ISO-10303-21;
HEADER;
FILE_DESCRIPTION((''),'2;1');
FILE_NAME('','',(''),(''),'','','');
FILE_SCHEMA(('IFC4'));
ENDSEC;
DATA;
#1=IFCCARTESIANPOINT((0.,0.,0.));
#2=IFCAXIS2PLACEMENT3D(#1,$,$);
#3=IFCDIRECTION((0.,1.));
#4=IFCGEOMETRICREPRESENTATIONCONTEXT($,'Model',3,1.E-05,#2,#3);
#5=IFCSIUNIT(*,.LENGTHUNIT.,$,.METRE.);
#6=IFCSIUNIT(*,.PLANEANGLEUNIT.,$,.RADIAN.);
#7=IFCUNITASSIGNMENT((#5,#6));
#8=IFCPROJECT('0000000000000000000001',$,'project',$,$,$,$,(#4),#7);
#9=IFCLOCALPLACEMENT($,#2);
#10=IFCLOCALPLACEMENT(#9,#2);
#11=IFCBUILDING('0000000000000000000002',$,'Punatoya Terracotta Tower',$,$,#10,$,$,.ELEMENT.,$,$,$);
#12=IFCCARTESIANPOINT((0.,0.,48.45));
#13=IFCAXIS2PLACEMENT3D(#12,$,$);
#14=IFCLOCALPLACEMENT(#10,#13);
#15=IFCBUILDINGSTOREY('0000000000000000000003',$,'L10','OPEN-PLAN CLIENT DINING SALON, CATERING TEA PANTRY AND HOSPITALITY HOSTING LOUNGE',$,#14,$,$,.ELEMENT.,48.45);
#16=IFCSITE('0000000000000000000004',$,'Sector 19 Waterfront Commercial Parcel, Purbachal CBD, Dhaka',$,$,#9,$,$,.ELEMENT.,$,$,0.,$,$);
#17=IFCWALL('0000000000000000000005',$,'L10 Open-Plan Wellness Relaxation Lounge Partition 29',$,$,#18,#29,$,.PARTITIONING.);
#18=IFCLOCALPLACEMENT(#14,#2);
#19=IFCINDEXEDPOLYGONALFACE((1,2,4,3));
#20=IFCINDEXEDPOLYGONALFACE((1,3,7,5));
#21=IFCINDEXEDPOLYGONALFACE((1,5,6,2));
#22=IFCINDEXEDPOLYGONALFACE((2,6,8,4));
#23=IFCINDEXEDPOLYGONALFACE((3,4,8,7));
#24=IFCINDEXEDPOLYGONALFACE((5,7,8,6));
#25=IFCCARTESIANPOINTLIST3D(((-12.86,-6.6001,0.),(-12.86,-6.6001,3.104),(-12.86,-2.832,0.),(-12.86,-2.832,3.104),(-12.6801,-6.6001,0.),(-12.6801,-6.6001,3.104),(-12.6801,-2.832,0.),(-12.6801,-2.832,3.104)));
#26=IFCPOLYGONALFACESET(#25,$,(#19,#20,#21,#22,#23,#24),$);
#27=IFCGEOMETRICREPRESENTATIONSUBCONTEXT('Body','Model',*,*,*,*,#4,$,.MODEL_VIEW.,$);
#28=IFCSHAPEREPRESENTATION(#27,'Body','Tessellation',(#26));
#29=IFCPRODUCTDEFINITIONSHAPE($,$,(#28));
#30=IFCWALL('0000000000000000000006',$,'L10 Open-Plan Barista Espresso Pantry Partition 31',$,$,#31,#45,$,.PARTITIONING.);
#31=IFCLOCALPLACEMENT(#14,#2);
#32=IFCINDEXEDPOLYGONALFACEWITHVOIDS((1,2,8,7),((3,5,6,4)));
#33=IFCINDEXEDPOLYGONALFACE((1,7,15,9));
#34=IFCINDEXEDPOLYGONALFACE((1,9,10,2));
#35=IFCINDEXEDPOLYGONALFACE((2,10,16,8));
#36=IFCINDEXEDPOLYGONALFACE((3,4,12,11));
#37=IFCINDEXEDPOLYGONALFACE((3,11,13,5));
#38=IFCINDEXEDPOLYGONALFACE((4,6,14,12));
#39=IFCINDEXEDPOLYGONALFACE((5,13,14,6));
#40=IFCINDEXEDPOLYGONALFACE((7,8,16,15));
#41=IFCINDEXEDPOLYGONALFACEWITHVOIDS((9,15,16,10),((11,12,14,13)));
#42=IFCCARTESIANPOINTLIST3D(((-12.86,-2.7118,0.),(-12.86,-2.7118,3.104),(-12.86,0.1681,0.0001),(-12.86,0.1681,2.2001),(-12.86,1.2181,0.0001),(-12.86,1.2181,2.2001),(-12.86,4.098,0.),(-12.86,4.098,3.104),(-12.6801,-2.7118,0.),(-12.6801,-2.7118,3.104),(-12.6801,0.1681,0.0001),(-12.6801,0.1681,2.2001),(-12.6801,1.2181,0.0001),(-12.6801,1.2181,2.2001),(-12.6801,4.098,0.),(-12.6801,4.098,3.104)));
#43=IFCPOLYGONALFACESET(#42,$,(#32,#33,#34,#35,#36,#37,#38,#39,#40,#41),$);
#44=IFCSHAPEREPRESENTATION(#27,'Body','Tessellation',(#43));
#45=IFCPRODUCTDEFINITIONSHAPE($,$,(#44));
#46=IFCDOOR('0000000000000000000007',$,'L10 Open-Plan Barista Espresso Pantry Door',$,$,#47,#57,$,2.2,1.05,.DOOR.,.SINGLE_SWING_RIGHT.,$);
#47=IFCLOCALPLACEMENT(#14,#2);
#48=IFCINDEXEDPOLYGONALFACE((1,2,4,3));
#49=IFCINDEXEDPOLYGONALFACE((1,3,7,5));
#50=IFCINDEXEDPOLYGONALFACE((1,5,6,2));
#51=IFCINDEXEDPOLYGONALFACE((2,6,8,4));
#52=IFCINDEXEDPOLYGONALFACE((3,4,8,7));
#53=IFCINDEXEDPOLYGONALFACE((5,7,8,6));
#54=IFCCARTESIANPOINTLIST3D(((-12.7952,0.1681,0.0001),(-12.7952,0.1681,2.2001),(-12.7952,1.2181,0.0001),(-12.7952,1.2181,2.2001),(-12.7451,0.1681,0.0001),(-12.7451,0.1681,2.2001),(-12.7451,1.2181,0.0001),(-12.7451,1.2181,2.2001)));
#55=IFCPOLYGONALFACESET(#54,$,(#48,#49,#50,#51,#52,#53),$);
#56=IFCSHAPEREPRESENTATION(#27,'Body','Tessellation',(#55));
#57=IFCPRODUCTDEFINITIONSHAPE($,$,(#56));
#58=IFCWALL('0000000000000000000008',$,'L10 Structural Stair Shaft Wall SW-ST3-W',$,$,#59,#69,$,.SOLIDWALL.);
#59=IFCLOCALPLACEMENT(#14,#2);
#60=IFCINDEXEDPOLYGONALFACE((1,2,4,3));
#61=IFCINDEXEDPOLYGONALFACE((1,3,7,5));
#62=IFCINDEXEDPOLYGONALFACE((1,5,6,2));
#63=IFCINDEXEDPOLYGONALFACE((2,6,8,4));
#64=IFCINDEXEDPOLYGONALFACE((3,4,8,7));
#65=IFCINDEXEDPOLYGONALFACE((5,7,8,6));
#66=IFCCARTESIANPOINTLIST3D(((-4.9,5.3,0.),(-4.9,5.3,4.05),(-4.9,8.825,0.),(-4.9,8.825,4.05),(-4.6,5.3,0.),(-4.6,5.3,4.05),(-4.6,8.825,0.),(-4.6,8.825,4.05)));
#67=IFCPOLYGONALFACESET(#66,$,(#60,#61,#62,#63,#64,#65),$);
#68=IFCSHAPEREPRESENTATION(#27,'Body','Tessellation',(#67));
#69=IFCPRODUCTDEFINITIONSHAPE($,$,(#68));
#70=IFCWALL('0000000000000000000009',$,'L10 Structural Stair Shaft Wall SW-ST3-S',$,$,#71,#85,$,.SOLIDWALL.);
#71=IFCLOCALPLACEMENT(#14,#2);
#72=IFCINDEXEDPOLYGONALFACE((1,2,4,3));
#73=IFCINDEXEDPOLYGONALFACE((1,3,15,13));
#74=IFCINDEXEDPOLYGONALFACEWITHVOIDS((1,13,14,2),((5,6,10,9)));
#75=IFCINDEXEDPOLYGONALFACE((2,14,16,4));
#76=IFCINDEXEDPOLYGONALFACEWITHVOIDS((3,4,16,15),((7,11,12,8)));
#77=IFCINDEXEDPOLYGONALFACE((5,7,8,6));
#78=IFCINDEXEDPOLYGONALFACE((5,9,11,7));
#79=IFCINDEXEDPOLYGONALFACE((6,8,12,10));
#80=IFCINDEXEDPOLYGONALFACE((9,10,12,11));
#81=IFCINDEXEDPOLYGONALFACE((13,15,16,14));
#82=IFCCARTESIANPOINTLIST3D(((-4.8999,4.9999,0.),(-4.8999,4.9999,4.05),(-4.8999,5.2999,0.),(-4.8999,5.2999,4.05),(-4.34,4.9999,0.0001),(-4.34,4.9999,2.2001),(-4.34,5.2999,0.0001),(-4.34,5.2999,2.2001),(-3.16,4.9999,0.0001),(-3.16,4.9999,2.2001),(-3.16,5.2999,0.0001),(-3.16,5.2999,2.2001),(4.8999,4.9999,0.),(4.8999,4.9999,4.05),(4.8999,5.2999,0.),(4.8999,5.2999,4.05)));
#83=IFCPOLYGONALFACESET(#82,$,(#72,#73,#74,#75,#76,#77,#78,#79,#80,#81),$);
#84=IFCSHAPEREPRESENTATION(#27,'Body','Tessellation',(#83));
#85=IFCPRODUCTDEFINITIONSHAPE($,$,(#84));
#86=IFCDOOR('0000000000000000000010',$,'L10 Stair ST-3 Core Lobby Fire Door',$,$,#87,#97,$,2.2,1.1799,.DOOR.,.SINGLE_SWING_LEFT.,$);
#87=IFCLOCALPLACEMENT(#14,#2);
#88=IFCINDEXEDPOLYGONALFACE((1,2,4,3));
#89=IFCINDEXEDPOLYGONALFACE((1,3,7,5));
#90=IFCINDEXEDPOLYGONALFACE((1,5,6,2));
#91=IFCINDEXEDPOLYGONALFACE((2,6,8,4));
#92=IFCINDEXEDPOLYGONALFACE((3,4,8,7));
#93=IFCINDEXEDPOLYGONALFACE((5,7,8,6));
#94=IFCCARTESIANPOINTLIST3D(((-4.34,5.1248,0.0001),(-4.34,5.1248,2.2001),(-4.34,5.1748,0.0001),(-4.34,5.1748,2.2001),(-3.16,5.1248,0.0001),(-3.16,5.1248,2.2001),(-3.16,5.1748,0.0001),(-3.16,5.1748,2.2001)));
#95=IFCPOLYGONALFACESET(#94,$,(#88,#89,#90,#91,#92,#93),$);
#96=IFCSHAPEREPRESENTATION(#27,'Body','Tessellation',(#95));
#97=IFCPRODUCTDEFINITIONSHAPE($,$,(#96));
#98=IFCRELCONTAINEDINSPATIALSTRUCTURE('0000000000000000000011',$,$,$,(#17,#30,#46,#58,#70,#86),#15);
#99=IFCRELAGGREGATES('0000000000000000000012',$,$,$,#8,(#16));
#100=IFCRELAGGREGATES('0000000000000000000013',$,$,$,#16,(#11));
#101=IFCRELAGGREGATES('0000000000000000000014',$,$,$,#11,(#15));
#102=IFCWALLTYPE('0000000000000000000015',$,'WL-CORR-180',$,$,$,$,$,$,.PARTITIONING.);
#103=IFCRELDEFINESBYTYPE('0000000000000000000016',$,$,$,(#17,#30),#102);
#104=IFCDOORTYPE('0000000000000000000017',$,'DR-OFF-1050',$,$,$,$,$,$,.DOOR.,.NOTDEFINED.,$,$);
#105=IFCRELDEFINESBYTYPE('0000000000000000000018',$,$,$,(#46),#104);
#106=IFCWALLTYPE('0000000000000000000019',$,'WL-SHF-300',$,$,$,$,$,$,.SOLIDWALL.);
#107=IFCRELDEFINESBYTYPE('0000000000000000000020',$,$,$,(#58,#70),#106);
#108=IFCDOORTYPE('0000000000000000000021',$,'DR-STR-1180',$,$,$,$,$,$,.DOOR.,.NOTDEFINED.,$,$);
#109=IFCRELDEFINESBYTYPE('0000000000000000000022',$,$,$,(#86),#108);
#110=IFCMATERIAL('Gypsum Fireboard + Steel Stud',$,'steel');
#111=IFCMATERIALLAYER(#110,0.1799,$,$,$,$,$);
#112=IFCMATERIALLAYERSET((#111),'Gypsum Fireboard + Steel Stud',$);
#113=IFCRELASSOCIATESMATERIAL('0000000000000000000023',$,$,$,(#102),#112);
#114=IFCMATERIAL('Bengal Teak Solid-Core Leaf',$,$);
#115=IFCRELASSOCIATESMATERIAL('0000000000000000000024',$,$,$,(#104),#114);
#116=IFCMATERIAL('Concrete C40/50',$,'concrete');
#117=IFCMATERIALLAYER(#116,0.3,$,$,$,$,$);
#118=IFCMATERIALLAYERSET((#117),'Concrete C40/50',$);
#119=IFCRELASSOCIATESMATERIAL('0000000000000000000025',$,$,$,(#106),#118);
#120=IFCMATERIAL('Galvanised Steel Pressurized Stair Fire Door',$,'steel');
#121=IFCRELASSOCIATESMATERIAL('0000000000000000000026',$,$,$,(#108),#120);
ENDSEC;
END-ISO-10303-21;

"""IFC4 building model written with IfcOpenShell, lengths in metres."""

from ifc_helpers import new_model, si_unit, direction, frame, frame_2d, origin, place, context, subcontext, project, spatial, rectangle, extrude, material, layer, layer_set, type_object, element, fill, save


model = new_model("IFC4")

# Units and contexts
model_context = context("Model", 3, precision=1e-05, world=origin(), true_north=direction((0.0, 1.0)))
body_context = subcontext(model_context, "Body", "Model", "MODEL_VIEW")
ifc_project = project(units=[si_unit("LENGTHUNIT", "METRE"), si_unit("PLANEANGLEUNIT", "RADIAN")], contexts=[model_context])

# Site, building, storey
site_placement = place(None, origin())
site = spatial("IfcSite", under=ifc_project, at=site_placement, Name="Sector 19 Waterfront Commercial Parcel, Purbachal CBD, Dhaka", CompositionType="ELEMENT", RefElevation=0.0)
building_placement = place(site_placement, origin())
building = spatial("IfcBuilding", under=site, at=building_placement, Name="Punatoya Terracotta Tower", CompositionType="ELEMENT")
storey_placement = place(building_placement, frame((0.0, 0.0, 48.45)))
storey = spatial("IfcBuildingStorey", under=building, at=storey_placement, Name="L10", Description="OPEN-PLAN CLIENT DINING SALON, CATERING TEA PANTRY AND HOSPITALITY HOSTING LOUNGE", CompositionType="ELEMENT", Elevation=48.45)

# Wall
ifc_material_1 = material(Name="Gypsum Fireboard + Steel Stud", Category="steel")
ifc_layer_1 = layer(ifc_material_1, 0.1799)
ifc_layer_set_1 = layer_set([ifc_layer_1], Name="Gypsum Fireboard + Steel Stud")
wall_type_1 = type_object("IfcWallType", Name="WL-CORR-180", PredefinedType="PARTITIONING", material=ifc_layer_set_1)
wall_1_placement = place(storey_placement, frame((-12.77, -2.832, 0.0), z_axis=(0.0, 0.0, 1.0), x_axis=(0.0, -1.0, 0.0)))
element("IfcWall", 1, at=wall_1_placement, inside=storey, type_object=wall_type_1, Name="L10 Open-Plan Wellness Relaxation Lounge Partition 29", PredefinedType="PARTITIONING", context=body_context, shape_type="SweptSolid", body=[
    extrude(rectangle(XDim=3.7681, YDim=0.1799, at=frame_2d((1.884, 0.0))), origin(), (0.0, 0.0, 1.0), 3.104),
])

# Wall, opening, door
wall_2_placement = place(storey_placement, frame((-12.77, 4.0979, 0.0), z_axis=(0.0, 0.0, 1.0), x_axis=(0.0, -1.0, 0.0)))
wall_2 = element("IfcWall", 2, at=wall_2_placement, inside=storey, type_object=wall_type_1, Name="L10 Open-Plan Barista Espresso Pantry Partition 31", PredefinedType="PARTITIONING", context=body_context, shape_type="SweptSolid", body=[
    extrude(rectangle(XDim=6.8098, YDim=0.1799, at=frame_2d((3.4048, 0.0))), origin(), (0.0, 0.0, 1.0), 3.104),
])
opening_1_placement = place(wall_2_placement, frame((2.8799, 0.0, 0.0)))
opening_1 = element("IfcOpeningElement", 3, at=opening_1_placement, cuts=wall_2, PredefinedType="OPENING", context=body_context, shape_type="SweptSolid", body=[
    extrude(rectangle(XDim=1.05, YDim=2.2, at=frame_2d((0.5249, 1.1001))), frame((0.0, 0.0999, 0.0), z_axis=(0.0, -1.0, 0.0), x_axis=(1.0, 0.0, 0.0)), (0.0, 0.0, 1.0), 0.2),
])
ifc_material_2 = material(Name="Bengal Teak Solid-Core Leaf")
door_type_1 = type_object("IfcDoorType", Name="DR-OFF-1050", OperationType="NOTDEFINED", PredefinedType="DOOR", material=ifc_material_2)
door_1_placement = place(opening_1_placement, origin())
door_1 = element("IfcDoor", 4, at=door_1_placement, inside=storey, type_object=door_type_1, Name="L10 Open-Plan Barista Espresso Pantry Door", OperationType="SINGLE_SWING_RIGHT", OverallHeight=2.2, OverallWidth=1.05, PredefinedType="DOOR", context=body_context, shape_type="SweptSolid", body=[
    extrude(rectangle(XDim=1.05, YDim=2.2, at=frame_2d((0.5249, 1.1001))), frame((0.0, 0.0249, 0.0), z_axis=(0.0, -1.0, 0.0), x_axis=(1.0, 0.0, 0.0)), (0.0, 0.0, 1.0), 0.05),
])
fill(opening_1, door_1)

# Wall
ifc_material_3 = material(Name="Concrete C40/50", Category="concrete")
ifc_layer_2 = layer(ifc_material_3, 0.3)
ifc_layer_set_2 = layer_set([ifc_layer_2], Name="Concrete C40/50")
wall_type_2 = type_object("IfcWallType", Name="WL-SHF-300", PredefinedType="SOLIDWALL", material=ifc_layer_set_2)
wall_3_placement = place(storey_placement, frame((-4.75, 5.3, 0.0), z_axis=(0.0, 0.0, 1.0), x_axis=(0.0, 1.0, 0.0)))
element("IfcWall", 5, at=wall_3_placement, inside=storey, type_object=wall_type_2, Name="L10 Structural Stair Shaft Wall SW-ST3-W", PredefinedType="SOLIDWALL", context=body_context, shape_type="SweptSolid", body=[
    extrude(rectangle(XDim=3.5249, YDim=0.3, at=frame_2d((1.7625, 0.0))), origin(), (0.0, 0.0, 1.0), 4.05),
])

# Wall, opening, door
wall_4_placement = place(storey_placement, frame((-4.8999, 5.1499, 0.0), z_axis=(0.0, 0.0, 1.0), x_axis=(1.0, 0.0, 0.0)))
wall_4 = element("IfcWall", 6, at=wall_4_placement, inside=storey, type_object=wall_type_2, Name="L10 Structural Stair Shaft Wall SW-ST3-S", PredefinedType="SOLIDWALL", context=body_context, shape_type="SweptSolid", body=[
    extrude(rectangle(XDim=9.7998, YDim=0.3, at=frame_2d((4.8999, 0.0))), origin(), (0.0, 0.0, 1.0), 4.05),
])
opening_2_placement = place(wall_4_placement, frame((0.5601, 0.0, 0.0)))
opening_2 = element("IfcOpeningElement", 7, at=opening_2_placement, cuts=wall_4, PredefinedType="OPENING", context=body_context, shape_type="SweptSolid", body=[
    extrude(rectangle(XDim=1.1799, YDim=2.2, at=frame_2d((0.5898, 1.1001))), frame((0.0, 0.1599, 0.0), z_axis=(0.0, -1.0, 0.0), x_axis=(1.0, 0.0, 0.0)), (0.0, 0.0, 1.0), 0.3201),
])
ifc_material_4 = material(Name="Galvanised Steel Pressurized Stair Fire Door", Category="steel")
door_type_2 = type_object("IfcDoorType", Name="DR-STR-1180", OperationType="NOTDEFINED", PredefinedType="DOOR", material=ifc_material_4)
door_2_placement = place(opening_2_placement, origin())
door_2 = element("IfcDoor", 8, at=door_2_placement, inside=storey, type_object=door_type_2, Name="L10 Stair ST-3 Core Lobby Fire Door", OperationType="SINGLE_SWING_LEFT", OverallHeight=2.2, OverallWidth=1.1799, PredefinedType="DOOR", context=body_context, shape_type="SweptSolid", body=[
    extrude(rectangle(XDim=1.1799, YDim=2.2, at=frame_2d((0.5898, 1.1001))), frame((0.0, 0.0249, 0.0), z_axis=(0.0, -1.0, 0.0), x_axis=(1.0, 0.0, 0.0)), (0.0, 0.0, 1.0), 0.05),
])
fill(opening_2, door_2)

save(model, "model.ifc")
